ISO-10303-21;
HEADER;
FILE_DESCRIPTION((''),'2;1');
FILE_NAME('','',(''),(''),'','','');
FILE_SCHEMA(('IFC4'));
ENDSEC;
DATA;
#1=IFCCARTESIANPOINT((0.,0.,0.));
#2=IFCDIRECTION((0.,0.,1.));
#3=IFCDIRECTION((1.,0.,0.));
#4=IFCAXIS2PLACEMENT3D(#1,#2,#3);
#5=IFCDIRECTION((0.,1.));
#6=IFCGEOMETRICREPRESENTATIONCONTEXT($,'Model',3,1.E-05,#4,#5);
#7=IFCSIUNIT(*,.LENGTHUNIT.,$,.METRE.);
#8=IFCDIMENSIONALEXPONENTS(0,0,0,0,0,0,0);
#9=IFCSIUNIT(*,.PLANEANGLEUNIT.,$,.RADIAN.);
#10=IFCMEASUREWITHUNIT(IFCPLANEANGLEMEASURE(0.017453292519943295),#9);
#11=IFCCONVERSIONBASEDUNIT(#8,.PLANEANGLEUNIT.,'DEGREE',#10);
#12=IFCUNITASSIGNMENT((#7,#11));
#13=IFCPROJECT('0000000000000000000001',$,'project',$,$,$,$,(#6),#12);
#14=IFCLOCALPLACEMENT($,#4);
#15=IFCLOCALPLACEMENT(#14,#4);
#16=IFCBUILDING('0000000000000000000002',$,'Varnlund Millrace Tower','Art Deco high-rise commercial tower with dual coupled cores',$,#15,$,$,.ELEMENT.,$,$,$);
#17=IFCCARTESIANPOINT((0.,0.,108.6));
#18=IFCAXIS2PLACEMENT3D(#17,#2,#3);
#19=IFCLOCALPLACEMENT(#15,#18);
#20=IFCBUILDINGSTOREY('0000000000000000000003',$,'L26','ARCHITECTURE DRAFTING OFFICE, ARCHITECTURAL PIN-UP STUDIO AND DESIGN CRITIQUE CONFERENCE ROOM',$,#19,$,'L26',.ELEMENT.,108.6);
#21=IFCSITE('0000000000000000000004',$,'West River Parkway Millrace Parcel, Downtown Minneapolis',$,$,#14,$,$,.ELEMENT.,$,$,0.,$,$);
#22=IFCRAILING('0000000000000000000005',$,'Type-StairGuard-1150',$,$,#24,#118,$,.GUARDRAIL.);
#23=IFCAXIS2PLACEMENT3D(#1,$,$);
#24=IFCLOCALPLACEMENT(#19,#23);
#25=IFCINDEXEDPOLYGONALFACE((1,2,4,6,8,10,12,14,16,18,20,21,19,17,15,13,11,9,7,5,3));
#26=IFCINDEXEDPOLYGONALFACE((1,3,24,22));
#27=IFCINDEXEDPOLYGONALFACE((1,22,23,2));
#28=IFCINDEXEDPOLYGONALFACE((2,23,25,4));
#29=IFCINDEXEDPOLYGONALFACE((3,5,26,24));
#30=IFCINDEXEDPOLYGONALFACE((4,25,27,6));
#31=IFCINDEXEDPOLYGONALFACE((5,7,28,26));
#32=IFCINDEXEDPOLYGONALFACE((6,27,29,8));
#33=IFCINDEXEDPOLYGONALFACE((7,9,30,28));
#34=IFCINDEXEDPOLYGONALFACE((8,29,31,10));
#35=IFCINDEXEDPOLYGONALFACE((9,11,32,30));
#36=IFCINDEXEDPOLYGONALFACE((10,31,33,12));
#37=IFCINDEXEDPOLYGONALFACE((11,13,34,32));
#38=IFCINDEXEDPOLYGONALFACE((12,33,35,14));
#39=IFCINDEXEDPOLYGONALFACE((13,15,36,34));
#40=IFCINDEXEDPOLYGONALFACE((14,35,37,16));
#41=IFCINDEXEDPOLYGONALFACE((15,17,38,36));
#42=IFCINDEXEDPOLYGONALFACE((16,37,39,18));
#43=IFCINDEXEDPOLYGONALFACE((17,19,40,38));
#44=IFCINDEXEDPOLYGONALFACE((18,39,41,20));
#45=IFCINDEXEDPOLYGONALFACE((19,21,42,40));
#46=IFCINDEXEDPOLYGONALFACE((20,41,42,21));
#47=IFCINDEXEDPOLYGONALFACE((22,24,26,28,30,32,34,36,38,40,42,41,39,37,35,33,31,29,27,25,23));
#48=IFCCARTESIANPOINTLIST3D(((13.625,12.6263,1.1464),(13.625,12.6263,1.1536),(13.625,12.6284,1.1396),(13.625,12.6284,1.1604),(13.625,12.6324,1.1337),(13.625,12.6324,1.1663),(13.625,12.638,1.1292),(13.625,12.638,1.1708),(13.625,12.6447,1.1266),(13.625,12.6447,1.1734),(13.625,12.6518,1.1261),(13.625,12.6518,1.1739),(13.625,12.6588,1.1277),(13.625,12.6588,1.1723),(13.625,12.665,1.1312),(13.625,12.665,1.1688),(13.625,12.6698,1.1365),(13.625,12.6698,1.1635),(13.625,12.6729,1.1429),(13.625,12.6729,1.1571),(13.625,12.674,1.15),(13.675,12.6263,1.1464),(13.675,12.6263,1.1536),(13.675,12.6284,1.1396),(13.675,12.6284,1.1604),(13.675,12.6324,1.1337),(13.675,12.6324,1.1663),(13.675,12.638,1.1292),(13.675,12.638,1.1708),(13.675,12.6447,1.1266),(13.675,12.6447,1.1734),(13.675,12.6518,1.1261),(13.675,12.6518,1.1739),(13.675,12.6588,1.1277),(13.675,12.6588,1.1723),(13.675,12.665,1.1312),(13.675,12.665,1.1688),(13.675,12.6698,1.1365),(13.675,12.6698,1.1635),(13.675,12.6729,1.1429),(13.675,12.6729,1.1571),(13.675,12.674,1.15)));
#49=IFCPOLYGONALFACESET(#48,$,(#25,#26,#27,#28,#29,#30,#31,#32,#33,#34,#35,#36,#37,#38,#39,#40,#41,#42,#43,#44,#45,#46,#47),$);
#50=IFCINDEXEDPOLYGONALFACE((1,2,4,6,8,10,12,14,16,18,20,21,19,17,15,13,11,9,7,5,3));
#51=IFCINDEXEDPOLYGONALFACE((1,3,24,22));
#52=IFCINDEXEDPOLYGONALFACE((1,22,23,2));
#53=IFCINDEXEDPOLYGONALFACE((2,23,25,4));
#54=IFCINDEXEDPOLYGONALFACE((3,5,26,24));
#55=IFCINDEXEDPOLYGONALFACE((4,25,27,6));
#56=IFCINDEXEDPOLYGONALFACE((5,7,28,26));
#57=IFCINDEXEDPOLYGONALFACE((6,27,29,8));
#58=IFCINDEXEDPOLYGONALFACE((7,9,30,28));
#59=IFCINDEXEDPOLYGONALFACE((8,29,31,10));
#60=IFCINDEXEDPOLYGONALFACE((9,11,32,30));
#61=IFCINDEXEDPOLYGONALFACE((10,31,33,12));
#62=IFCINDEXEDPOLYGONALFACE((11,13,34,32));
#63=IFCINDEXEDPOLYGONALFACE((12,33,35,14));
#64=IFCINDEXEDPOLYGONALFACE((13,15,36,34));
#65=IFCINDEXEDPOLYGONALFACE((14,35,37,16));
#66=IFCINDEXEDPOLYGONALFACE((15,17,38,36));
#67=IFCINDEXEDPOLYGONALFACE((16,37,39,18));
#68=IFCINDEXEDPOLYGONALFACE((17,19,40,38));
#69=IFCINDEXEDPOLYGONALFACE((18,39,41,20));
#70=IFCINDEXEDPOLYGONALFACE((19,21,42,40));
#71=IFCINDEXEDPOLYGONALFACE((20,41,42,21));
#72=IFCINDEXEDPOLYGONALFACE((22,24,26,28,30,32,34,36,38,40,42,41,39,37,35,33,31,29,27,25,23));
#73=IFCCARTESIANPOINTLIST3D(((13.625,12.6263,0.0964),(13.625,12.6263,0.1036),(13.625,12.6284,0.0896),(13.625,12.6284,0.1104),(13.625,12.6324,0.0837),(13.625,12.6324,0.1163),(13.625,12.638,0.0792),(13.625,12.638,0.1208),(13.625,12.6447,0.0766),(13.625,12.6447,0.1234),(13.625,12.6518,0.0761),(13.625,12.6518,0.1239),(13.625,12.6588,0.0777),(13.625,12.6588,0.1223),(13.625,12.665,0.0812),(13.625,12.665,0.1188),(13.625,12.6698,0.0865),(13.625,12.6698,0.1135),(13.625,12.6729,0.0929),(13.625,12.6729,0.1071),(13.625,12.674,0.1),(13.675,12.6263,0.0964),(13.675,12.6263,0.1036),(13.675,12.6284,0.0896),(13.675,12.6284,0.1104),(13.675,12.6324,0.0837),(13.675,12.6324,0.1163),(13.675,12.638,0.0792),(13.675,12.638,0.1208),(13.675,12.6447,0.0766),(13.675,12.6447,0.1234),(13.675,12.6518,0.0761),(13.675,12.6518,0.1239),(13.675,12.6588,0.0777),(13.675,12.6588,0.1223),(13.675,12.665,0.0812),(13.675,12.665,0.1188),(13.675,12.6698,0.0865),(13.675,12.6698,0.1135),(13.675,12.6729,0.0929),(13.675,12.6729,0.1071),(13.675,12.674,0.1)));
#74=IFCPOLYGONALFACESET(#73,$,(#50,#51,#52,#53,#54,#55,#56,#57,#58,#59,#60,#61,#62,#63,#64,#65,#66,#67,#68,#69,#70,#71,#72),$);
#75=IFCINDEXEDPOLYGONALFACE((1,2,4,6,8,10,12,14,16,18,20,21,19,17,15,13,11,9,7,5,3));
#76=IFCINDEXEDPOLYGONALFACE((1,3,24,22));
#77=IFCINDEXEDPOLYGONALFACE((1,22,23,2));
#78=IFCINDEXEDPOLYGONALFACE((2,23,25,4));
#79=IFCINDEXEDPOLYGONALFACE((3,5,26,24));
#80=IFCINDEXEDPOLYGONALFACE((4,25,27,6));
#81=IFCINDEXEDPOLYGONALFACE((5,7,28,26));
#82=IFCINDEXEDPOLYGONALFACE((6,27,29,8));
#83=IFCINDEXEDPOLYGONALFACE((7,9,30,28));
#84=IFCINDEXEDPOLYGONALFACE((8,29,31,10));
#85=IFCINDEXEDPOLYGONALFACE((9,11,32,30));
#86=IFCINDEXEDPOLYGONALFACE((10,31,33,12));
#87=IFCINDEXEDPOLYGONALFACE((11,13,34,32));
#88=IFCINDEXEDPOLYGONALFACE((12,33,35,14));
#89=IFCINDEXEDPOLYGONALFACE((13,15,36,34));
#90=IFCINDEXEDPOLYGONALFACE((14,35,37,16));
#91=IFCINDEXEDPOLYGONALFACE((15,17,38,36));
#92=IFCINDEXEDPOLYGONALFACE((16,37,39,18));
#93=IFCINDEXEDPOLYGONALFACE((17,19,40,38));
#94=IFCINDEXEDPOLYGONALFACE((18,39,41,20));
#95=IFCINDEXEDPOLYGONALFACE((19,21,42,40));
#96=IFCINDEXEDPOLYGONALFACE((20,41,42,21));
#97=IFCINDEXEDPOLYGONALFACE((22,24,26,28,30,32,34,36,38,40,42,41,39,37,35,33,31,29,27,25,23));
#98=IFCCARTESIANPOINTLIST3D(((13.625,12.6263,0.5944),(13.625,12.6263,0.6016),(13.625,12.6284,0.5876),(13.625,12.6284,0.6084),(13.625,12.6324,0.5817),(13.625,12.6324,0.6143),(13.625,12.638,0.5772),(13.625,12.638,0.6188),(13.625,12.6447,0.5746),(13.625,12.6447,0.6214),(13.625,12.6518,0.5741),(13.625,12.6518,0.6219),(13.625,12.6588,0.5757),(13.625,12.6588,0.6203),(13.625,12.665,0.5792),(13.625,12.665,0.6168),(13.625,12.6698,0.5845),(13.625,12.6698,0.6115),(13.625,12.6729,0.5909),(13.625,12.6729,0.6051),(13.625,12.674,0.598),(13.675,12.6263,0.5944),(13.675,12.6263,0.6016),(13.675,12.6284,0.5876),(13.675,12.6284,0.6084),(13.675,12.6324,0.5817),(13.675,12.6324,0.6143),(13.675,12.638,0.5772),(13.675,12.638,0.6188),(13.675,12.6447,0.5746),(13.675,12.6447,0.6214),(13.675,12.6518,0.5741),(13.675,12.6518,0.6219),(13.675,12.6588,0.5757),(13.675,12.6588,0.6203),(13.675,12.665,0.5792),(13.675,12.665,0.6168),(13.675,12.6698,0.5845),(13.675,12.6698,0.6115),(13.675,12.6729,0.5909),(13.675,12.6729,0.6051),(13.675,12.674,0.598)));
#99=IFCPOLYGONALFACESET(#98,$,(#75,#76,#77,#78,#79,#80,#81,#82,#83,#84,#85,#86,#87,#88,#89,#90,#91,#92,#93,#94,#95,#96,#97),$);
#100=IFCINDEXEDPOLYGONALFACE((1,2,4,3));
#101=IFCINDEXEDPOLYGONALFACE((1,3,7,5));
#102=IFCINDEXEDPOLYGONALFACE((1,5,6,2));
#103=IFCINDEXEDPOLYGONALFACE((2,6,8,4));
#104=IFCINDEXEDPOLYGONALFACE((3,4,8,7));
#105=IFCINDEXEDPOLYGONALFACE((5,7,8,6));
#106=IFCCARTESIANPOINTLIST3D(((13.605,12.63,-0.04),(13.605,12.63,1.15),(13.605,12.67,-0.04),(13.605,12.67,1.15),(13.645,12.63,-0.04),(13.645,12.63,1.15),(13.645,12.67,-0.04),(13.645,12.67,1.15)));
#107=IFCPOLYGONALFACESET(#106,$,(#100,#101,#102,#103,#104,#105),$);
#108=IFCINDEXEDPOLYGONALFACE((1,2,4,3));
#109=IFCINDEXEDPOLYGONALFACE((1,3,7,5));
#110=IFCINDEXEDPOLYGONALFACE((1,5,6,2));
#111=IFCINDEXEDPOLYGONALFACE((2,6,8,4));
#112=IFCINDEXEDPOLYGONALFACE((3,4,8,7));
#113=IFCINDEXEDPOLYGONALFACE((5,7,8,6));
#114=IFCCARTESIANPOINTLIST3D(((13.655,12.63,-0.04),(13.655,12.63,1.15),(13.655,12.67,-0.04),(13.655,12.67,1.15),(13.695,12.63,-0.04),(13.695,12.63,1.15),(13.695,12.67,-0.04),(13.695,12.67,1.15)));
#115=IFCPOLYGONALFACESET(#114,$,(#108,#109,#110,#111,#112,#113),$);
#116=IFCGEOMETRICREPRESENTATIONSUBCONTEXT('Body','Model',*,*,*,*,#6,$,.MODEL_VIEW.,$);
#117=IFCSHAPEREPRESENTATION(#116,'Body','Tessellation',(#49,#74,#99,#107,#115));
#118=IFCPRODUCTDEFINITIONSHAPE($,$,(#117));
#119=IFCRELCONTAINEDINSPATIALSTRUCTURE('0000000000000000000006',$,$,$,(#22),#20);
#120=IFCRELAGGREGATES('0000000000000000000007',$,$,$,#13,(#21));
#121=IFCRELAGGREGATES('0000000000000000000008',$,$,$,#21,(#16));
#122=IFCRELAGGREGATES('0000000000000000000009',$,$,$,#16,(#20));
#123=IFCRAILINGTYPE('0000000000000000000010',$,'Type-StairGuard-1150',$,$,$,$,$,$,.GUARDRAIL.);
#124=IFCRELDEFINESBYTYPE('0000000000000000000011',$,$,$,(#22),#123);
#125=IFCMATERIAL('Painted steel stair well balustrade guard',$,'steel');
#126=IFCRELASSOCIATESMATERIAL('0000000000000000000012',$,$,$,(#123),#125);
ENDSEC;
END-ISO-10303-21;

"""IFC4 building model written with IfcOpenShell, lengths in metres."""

from ifc_helpers import new_model, entity, si_unit, converted_unit, direction, frame, origin_with_axes, origin_2d_with_axis, place, context, subcontext, project, spatial, rectangle, circle, extrude, material, type_object, element, save


model = new_model("IFC4")

# Units and contexts
model_context = context("Model", 3, precision=1e-05, world=origin_with_axes(), true_north=direction((0.0, 1.0)))
body_context = subcontext(model_context, "Body", "Model", "MODEL_VIEW")
ifc_project = project(units=[si_unit("LENGTHUNIT", "METRE"), converted_unit("PLANEANGLEUNIT", "DEGREE", entity("IfcPlaneAngleMeasure", 0.017453292519943295), si_unit("PLANEANGLEUNIT", "RADIAN"), dimensions=[0, 0, 0, 0, 0, 0, 0])], contexts=[model_context])

# Site, building, storey
site_placement = place(None, origin_with_axes())
site = spatial("IfcSite", under=ifc_project, at=site_placement, Name="West River Parkway Millrace Parcel, Downtown Minneapolis", CompositionType="ELEMENT", RefElevation=0.0)
building_placement = place(site_placement, origin_with_axes())
building = spatial("IfcBuilding", under=site, at=building_placement, Name="Varnlund Millrace Tower", Description="Art Deco high-rise commercial tower with dual coupled cores", CompositionType="ELEMENT")
storey_placement = place(building_placement, frame((0.0, 0.0, 108.6), z_axis=(0.0, 0.0, 1.0), x_axis=(1.0, 0.0, 0.0)))
storey = spatial("IfcBuildingStorey", under=building, at=storey_placement, Name="L26", Description="ARCHITECTURE DRAFTING OFFICE, ARCHITECTURAL PIN-UP STUDIO AND DESIGN CRITIQUE CONFERENCE ROOM", LongName="L26", CompositionType="ELEMENT", Elevation=108.6)

# Railing
ifc_material_1 = material(Name="Painted steel stair well balustrade guard", Category="steel")
railing_type_1 = type_object("IfcRailingType", Name="Type-StairGuard-1150", PredefinedType="GUARDRAIL", material=ifc_material_1)
railing_1_placement = place(storey_placement, frame((0.0, 0.0, -108.6), z_axis=(0.0, 0.0, 1.0), x_axis=(1.0, 0.0, 0.0)))
element("IfcRailing", 1, at=railing_1_placement, inside=storey, type_object=railing_type_1, Name="Type-StairGuard-1150", PredefinedType="GUARDRAIL", context=body_context, shape_type="SweptSolid", body=[
    extrude(circle(Radius=0.024, at=origin_2d_with_axis()), frame((13.625, 12.65, 109.75), z_axis=(1.0, 0.0, 0.0), x_axis=(0.0, 1.0, 0.0)), (0.0, 0.0, 1.0), 0.05),
    extrude(circle(Radius=0.024, at=origin_2d_with_axis()), frame((13.625, 12.65, 108.7), z_axis=(1.0, 0.0, 0.0), x_axis=(0.0, 1.0, 0.0)), (0.0, 0.0, 1.0), 0.05),
    extrude(circle(Radius=0.024, at=origin_2d_with_axis()), frame((13.625, 12.65, 109.198), z_axis=(1.0, 0.0, 0.0), x_axis=(0.0, 1.0, 0.0)), (0.0, 0.0, 1.0), 0.05),
    extrude(rectangle(XDim=0.04, YDim=0.04, at=origin_2d_with_axis()), frame((13.625, 12.65, 108.56), z_axis=(0.0, 0.0, 1.0), x_axis=(1.0, 0.0, 0.0)), (0.0, 0.0, 1.0), 1.19),
    extrude(rectangle(XDim=0.04, YDim=0.04, at=origin_2d_with_axis()), frame((13.675, 12.65, 108.56), z_axis=(0.0, 0.0, 1.0), x_axis=(1.0, 0.0, 0.0)), (0.0, 0.0, 1.0), 1.19),
])

save(model, "model.ifc")
